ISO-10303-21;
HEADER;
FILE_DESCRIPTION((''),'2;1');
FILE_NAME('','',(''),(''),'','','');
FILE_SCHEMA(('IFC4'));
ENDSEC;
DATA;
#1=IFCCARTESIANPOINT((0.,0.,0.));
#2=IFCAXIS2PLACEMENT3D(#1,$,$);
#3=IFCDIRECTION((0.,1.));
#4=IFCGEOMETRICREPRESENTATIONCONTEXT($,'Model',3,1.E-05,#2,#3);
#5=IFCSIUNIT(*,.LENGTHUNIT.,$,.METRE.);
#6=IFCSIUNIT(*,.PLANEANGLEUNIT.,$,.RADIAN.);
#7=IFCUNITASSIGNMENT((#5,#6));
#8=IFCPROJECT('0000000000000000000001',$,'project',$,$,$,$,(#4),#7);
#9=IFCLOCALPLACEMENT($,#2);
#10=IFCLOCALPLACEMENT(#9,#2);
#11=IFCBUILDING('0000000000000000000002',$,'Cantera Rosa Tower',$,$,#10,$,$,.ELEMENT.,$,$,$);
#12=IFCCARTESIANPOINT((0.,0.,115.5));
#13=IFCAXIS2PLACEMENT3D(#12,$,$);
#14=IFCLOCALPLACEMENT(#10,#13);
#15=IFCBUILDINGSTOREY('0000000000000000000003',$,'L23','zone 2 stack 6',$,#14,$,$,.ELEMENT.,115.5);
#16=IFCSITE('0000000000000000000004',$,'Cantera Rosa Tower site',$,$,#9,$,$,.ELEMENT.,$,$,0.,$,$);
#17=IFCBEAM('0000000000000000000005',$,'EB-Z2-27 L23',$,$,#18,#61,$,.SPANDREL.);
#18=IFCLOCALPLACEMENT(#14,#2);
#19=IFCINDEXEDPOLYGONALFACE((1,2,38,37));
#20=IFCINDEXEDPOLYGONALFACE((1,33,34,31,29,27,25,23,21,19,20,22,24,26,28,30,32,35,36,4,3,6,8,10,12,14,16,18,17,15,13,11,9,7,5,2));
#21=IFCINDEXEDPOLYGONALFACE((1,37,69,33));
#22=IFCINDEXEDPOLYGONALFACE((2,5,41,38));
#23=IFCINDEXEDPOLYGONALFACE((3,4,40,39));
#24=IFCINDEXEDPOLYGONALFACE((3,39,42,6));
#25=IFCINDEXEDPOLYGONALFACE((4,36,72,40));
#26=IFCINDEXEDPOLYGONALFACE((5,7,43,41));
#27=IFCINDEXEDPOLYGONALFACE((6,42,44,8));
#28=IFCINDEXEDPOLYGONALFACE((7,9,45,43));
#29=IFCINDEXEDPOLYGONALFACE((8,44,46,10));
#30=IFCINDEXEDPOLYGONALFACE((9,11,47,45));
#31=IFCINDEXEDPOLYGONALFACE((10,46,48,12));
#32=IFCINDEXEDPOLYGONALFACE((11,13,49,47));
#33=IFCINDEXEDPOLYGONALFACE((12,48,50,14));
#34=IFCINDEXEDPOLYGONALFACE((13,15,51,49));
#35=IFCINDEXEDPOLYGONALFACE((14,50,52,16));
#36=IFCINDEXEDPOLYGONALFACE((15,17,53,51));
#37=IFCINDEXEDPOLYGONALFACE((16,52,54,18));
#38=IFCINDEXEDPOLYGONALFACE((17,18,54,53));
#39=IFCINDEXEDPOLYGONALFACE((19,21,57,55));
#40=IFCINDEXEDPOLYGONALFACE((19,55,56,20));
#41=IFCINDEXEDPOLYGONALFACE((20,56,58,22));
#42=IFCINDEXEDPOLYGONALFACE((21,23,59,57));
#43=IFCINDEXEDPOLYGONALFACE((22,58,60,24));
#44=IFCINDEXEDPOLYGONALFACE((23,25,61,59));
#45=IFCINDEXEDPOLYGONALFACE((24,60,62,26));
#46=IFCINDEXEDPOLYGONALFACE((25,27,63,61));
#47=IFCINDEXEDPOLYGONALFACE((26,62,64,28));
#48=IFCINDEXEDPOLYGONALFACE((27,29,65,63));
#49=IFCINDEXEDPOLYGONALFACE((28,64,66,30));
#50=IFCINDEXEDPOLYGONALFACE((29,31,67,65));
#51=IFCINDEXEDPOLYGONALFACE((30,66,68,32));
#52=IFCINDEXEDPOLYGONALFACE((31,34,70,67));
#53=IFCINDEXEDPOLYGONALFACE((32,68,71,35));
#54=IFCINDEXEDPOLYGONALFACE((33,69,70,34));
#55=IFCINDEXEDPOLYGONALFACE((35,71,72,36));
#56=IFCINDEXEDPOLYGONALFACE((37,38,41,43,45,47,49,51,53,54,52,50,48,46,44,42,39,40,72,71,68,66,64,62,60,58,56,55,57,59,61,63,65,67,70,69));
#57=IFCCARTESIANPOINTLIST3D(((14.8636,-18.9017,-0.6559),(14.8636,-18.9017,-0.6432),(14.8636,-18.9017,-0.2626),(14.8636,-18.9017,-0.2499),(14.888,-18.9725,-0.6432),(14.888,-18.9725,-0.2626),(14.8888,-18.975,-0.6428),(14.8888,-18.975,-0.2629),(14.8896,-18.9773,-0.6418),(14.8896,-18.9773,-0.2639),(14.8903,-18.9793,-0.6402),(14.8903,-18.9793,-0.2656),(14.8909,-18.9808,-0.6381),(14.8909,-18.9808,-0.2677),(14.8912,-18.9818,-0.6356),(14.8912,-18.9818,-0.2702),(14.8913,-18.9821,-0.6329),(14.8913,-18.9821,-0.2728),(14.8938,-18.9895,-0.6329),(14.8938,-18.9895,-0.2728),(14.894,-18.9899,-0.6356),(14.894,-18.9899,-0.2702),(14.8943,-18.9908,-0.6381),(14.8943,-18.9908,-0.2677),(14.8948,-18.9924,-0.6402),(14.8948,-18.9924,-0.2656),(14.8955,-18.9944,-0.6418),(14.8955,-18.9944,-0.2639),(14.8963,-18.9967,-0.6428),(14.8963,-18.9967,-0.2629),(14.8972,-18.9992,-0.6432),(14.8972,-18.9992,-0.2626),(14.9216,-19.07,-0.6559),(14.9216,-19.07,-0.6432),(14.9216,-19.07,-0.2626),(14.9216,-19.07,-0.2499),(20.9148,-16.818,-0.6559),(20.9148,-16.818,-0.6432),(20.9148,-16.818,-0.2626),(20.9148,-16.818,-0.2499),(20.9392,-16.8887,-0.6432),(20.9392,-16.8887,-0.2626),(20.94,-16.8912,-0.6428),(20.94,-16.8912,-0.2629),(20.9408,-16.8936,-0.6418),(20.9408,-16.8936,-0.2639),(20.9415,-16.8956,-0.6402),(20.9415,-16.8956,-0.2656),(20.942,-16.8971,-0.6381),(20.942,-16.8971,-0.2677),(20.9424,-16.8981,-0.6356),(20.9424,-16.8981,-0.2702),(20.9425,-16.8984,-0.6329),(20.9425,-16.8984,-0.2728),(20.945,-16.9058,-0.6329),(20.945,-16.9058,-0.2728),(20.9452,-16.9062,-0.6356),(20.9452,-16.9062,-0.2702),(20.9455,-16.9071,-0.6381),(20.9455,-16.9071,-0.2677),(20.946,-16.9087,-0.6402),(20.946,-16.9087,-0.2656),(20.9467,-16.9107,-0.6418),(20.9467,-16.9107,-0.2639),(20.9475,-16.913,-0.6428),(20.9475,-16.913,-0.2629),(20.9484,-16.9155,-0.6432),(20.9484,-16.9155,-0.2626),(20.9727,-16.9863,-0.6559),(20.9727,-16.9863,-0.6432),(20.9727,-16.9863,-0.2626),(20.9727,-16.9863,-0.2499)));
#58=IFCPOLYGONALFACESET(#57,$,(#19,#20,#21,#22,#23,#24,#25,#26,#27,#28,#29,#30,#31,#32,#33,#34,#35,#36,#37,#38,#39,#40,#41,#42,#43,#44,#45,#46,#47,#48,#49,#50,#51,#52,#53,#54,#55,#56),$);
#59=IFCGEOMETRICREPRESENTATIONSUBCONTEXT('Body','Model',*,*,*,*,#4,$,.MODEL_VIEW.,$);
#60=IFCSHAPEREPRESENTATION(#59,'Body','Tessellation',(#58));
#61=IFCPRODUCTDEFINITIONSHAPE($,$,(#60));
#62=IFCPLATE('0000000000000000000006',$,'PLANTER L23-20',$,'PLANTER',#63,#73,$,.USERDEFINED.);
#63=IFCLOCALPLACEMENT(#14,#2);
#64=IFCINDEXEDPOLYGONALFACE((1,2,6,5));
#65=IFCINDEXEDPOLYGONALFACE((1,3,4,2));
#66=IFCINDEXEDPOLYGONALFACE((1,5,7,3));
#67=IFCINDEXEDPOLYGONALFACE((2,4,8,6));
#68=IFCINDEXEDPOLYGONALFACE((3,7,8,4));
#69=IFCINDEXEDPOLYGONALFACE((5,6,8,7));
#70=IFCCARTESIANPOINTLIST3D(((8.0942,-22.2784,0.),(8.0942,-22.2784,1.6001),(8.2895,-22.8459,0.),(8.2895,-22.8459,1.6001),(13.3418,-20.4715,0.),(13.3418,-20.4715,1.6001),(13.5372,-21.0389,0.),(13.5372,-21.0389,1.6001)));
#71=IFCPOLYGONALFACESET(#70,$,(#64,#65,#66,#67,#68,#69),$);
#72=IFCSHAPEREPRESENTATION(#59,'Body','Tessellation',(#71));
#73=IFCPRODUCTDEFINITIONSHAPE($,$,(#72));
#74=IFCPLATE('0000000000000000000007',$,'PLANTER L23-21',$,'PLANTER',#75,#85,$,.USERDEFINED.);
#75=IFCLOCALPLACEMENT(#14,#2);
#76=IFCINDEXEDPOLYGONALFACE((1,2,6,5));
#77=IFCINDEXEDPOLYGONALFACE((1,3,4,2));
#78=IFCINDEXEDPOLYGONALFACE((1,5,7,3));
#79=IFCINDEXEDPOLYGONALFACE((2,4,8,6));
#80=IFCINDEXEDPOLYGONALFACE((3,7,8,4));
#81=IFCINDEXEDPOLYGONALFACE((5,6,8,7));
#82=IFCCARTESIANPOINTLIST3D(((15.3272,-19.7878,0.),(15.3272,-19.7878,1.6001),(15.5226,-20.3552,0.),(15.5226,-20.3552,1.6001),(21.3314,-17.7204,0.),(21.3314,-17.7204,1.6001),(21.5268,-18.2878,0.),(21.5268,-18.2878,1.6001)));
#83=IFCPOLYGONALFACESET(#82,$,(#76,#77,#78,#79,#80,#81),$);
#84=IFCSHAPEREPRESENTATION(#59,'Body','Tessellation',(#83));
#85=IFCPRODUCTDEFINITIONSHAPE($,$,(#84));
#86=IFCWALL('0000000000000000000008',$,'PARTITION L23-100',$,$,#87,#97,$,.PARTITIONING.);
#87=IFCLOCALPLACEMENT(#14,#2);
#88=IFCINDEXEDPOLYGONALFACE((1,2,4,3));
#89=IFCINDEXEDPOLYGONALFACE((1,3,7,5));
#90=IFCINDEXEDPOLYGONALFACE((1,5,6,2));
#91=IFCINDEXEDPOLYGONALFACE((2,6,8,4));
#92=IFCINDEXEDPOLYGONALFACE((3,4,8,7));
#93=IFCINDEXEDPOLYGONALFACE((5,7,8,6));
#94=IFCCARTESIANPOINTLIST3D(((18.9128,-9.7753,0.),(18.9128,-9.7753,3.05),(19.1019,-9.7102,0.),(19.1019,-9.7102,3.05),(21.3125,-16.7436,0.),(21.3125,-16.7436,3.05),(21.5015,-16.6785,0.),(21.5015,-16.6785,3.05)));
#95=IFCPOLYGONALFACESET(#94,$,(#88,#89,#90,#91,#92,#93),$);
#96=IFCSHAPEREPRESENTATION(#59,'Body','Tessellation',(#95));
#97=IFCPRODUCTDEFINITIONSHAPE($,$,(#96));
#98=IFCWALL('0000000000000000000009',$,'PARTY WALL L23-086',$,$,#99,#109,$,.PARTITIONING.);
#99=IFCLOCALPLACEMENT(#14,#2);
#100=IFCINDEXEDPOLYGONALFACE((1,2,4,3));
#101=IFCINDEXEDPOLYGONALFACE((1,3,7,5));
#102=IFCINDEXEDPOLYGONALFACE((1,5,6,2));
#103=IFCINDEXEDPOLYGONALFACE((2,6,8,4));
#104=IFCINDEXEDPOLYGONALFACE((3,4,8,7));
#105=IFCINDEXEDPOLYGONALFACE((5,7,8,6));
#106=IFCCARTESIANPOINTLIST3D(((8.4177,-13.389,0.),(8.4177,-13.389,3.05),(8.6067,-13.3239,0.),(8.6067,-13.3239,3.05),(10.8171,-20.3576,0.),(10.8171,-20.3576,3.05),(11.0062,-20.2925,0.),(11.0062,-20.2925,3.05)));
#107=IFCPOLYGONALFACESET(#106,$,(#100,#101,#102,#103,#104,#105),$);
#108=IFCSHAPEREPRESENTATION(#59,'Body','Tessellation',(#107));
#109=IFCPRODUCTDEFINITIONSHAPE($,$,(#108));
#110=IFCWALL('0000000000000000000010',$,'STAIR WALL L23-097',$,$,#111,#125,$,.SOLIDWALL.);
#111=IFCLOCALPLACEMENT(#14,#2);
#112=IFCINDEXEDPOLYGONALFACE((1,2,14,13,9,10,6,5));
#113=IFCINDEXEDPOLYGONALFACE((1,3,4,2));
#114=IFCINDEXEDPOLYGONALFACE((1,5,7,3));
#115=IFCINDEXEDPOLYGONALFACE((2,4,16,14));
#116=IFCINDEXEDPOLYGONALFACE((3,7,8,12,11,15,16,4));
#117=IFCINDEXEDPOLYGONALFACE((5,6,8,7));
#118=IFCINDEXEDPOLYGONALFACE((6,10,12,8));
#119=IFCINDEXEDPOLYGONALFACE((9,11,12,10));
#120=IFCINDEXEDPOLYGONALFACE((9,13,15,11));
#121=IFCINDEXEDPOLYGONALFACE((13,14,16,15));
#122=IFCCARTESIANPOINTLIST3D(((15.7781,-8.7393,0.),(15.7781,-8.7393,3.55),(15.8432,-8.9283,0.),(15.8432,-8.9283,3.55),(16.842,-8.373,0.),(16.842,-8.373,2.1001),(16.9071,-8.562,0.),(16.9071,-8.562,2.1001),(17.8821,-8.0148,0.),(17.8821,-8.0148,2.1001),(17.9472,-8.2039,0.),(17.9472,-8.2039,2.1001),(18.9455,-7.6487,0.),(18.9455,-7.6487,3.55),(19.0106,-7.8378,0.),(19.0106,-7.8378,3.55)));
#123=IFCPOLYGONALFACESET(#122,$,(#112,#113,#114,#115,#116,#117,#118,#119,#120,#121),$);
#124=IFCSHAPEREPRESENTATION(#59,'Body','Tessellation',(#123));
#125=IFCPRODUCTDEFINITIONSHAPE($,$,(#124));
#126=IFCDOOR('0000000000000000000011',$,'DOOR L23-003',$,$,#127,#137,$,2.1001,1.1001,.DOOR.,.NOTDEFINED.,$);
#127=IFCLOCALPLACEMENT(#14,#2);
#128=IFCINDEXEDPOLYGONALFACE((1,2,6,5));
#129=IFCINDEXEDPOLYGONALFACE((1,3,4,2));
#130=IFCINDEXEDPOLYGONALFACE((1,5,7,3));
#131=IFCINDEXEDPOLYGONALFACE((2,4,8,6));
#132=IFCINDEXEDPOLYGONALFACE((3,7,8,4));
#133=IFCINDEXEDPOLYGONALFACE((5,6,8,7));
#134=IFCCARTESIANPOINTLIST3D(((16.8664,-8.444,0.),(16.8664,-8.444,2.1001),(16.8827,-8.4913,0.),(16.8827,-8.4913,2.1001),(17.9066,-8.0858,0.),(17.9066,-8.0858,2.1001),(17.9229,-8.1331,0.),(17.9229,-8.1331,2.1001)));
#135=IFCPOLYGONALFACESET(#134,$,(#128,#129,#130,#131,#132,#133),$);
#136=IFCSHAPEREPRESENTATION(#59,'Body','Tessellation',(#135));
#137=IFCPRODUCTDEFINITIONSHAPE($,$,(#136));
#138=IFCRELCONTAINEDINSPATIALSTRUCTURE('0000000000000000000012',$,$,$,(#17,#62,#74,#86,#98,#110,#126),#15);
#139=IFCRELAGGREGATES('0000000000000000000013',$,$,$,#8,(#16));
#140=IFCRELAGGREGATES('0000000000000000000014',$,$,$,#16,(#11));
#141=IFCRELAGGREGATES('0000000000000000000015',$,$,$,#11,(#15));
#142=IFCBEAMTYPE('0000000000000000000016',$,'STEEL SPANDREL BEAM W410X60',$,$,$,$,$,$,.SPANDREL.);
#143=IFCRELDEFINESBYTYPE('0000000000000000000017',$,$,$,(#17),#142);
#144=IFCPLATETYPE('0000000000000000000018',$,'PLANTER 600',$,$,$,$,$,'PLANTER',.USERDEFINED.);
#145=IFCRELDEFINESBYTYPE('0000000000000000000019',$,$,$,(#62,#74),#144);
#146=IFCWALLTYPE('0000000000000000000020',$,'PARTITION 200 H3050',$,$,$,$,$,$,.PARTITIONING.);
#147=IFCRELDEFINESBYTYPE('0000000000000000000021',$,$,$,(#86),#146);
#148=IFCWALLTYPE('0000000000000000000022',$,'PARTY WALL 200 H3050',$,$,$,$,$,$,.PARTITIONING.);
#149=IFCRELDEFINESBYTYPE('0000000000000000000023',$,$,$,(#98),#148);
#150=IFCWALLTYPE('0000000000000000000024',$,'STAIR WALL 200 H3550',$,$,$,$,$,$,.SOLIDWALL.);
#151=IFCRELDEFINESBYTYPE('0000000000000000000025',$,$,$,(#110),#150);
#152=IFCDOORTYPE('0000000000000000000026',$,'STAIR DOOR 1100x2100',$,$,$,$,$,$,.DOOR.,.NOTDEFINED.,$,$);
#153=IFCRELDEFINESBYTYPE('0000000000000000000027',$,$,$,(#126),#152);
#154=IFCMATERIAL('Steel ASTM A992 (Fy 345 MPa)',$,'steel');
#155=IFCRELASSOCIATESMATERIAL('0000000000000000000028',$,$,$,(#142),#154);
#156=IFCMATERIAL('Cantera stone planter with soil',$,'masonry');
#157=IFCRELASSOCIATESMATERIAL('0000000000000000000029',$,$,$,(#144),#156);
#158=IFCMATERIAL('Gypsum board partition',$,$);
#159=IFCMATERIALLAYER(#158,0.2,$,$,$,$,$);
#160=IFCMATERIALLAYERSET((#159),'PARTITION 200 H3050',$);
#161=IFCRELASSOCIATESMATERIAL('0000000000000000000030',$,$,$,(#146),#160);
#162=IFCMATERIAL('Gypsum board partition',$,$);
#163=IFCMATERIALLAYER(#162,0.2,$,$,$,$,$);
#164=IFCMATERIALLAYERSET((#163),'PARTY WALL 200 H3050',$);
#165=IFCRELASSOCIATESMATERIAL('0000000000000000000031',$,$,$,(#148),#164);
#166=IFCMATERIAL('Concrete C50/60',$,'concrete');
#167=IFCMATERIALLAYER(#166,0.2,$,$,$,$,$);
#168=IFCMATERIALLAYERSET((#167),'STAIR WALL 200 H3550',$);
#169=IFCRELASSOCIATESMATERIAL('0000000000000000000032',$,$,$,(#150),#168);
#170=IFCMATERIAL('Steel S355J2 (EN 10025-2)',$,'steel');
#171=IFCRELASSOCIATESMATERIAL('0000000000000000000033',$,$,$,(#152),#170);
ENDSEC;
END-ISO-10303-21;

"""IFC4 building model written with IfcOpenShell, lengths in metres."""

from ifc_helpers import new_model, si_unit, direction, frame, frame_2d, origin, origin_2d, place, context, subcontext, project, spatial, rectangle, i_section, extrude, material, layer, layer_set, material_profile, profile_set, type_object, element, fill, save


model = new_model("IFC4")

# Units and contexts
model_context = context("Model", 3, precision=1e-05, world=origin(), true_north=direction((0.0, 1.0)))
body_context = subcontext(model_context, "Body", "Model", "MODEL_VIEW")
ifc_project = project(units=[si_unit("LENGTHUNIT", "METRE"), si_unit("PLANEANGLEUNIT", "RADIAN")], contexts=[model_context])

# Site, building, storey
site_placement = place(None, origin())
site = spatial("IfcSite", under=ifc_project, at=site_placement, Name="Cantera Rosa Tower site", CompositionType="ELEMENT", RefElevation=0.0)
building_placement = place(site_placement, origin())
building = spatial("IfcBuilding", under=site, at=building_placement, Name="Cantera Rosa Tower", CompositionType="ELEMENT")
storey_placement = place(building_placement, frame((0.0, 0.0, 115.5)))
storey = spatial("IfcBuildingStorey", under=building, at=storey_placement, Name="L23", Description="zone 2 stack 6", CompositionType="ELEMENT", Elevation=115.5)

# Beam
ifc_material_1 = material(Name="Steel ASTM A992 (Fy 345 MPa)", Category="steel")
ifc_material_profile_1 = material_profile(ifc_material_1, i_section(OverallWidth=0.178, OverallDepth=0.406, WebThickness=0.0078, FlangeThickness=0.0127, FilletRadius=0.0103, at=origin_2d()), Name="W410X60")
ifc_profile_set_1 = profile_set([ifc_material_profile_1], Name="Steel ASTM A992 (Fy 345 MPa)")
beam_type_1 = type_object("IfcBeamType", Name="STEEL SPANDREL BEAM W410X60", PredefinedType="SPANDREL", material=ifc_profile_set_1)
beam_1_placement = place(storey_placement, frame((14.8926, -18.9858, -0.4529), z_axis=(0.945513, 0.325585, 0.0), x_axis=(-0.325585, 0.945513, 0.0)))
element("IfcBeam", 1, at=beam_1_placement, inside=storey, type_object=beam_type_1, Name="EB-Z2-27 L23", PredefinedType="SPANDREL", context=body_context, shape_type="SweptSolid", body=[
    extrude(i_section(OverallWidth=0.178, OverallDepth=0.406, WebThickness=0.0078, FlangeThickness=0.0127, FilletRadius=0.0103, at=origin_2d()), origin(), (0.0, 0.0, 1.0), 6.3999),
])

# Plates
ifc_material_2 = material(Name="Cantera stone planter with soil", Category="masonry")
plate_type = type_object("IfcPlateType", Name="PLANTER 600", ElementType="PLANTER", PredefinedType="USERDEFINED", material=ifc_material_2)
plate_1_placement = place(storey_placement, frame((10.8157, -21.6587, 0.0), z_axis=(0.0, 0.0, 1.0), x_axis=(0.945519, 0.325568, 0.0)))
element("IfcPlate", 2, at=plate_1_placement, inside=storey, type_object=plate_type, Name="PLANTER L23-20", ObjectType="PLANTER", PredefinedType="USERDEFINED", context=body_context, shape_type="SweptSolid", body=[
    extrude(rectangle(XDim=5.55, YDim=0.6001, at=origin_2d()), origin(), (0.0, 0.0, 1.0), 1.6001),
])
plate_2_placement = place(storey_placement, frame((18.427, -19.0378, 0.0), z_axis=(0.0, 0.0, 1.0), x_axis=(0.945519, 0.325568, 0.0)))
element("IfcPlate", 3, at=plate_2_placement, inside=storey, type_object=plate_type, Name="PLANTER L23-21", ObjectType="PLANTER", PredefinedType="USERDEFINED", context=body_context, shape_type="SweptSolid", body=[
    extrude(rectangle(XDim=6.3501, YDim=0.6001, at=origin_2d()), origin(), (0.0, 0.0, 1.0), 1.6001),
])

# Walls
ifc_material_3 = material(Name="Gypsum board partition")
ifc_layer_1 = layer(ifc_material_3, 0.2)
ifc_layer_set_1 = layer_set([ifc_layer_1], Name="PARTITION 200 H3050")
wall_type_1 = type_object("IfcWallType", Name="PARTITION 200 H3050", PredefinedType="PARTITIONING", material=ifc_layer_set_1)
wall_1_placement = place(storey_placement, frame((19.0073, -9.7427, 0.0), z_axis=(0.0, 0.0, 1.0), x_axis=(0.325604, -0.945506, 0.0)))
element("IfcWall", 4, at=wall_1_placement, inside=storey, type_object=wall_type_1, Name="PARTITION L23-100", PredefinedType="PARTITIONING", context=body_context, shape_type="SweptSolid", body=[
    extrude(rectangle(XDim=7.3699, YDim=0.2, at=frame_2d((3.6851, 0.0))), origin(), (0.0, 0.0, 1.0), 3.05),
])
ifc_material_4 = material(Name="Gypsum board partition")
ifc_layer_2 = layer(ifc_material_4, 0.2)
ifc_layer_set_2 = layer_set([ifc_layer_2], Name="PARTY WALL 200 H3050")
wall_type_2 = type_object("IfcWallType", Name="PARTY WALL 200 H3050", PredefinedType="PARTITIONING", material=ifc_layer_set_2)
wall_2_placement = place(storey_placement, frame((8.5122, -13.3564, 0.0), z_axis=(0.0, 0.0, 1.0), x_axis=(0.325564, -0.94552, 0.0)))
element("IfcWall", 5, at=wall_2_placement, inside=storey, type_object=wall_type_2, Name="PARTY WALL L23-086", PredefinedType="PARTITIONING", context=body_context, shape_type="SweptSolid", body=[
    extrude(rectangle(XDim=7.3701, YDim=0.2, at=frame_2d((3.6851, 0.0))), origin(), (0.0, 0.0, 1.0), 3.05),
])

# Wall, opening, door
ifc_material_5 = material(Name="Concrete C50/60", Category="concrete")
ifc_layer_3 = layer(ifc_material_5, 0.2)
ifc_layer_set_3 = layer_set([ifc_layer_3], Name="STAIR WALL 200 H3550")
wall_type_3 = type_object("IfcWallType", Name="STAIR WALL 200 H3550", PredefinedType="SOLIDWALL", material=ifc_layer_set_3)
wall_3_placement = place(storey_placement, frame((15.8108, -8.8337, 0.0), z_axis=(0.0, 0.0, 1.0), x_axis=(0.945525, 0.325548, 0.0)))
wall_3 = element("IfcWall", 6, at=wall_3_placement, inside=storey, type_object=wall_type_3, Name="STAIR WALL L23-097", PredefinedType="SOLIDWALL", context=body_context, shape_type="SweptSolid", body=[
    extrude(rectangle(XDim=3.3499, YDim=0.2, at=frame_2d((1.6748, 0.0))), origin(), (0.0, 0.0, 1.0), 3.55),
])
opening_1_placement = place(wall_3_placement, frame((1.125, 0.0, 0.0)))
opening_1 = element("IfcOpeningElement", 7, at=opening_1_placement, cuts=wall_3, PredefinedType="OPENING", context=body_context, shape_type="SweptSolid", body=[
    extrude(rectangle(XDim=1.1001, YDim=2.1001, at=frame_2d((0.55, 1.05))), frame((0.0, 0.1099, 0.0), z_axis=(0.0, -1.0, 0.0), x_axis=(1.0, 0.0, 0.0)), (0.0, 0.0, 1.0), 0.22),
])
ifc_material_6 = material(Name="Steel S355J2 (EN 10025-2)", Category="steel")
door_type_1 = type_object("IfcDoorType", Name="STAIR DOOR 1100x2100", OperationType="NOTDEFINED", PredefinedType="DOOR", material=ifc_material_6)
door_1_placement = place(opening_1_placement, origin())
door_1 = element("IfcDoor", 8, at=door_1_placement, inside=storey, type_object=door_type_1, Name="DOOR L23-003", OperationType="NOTDEFINED", OverallHeight=2.1001, OverallWidth=1.1001, PredefinedType="DOOR", context=body_context, shape_type="SweptSolid", body=[
    extrude(rectangle(XDim=1.1001, YDim=2.1001, at=frame_2d((0.55, 1.05))), frame((0.0, 0.0249, 0.0), z_axis=(0.0, -1.0, 0.0), x_axis=(1.0, 0.0, 0.0)), (0.0, 0.0, 1.0), 0.05),
])
fill(opening_1, door_1)

save(model, "model.ifc")
